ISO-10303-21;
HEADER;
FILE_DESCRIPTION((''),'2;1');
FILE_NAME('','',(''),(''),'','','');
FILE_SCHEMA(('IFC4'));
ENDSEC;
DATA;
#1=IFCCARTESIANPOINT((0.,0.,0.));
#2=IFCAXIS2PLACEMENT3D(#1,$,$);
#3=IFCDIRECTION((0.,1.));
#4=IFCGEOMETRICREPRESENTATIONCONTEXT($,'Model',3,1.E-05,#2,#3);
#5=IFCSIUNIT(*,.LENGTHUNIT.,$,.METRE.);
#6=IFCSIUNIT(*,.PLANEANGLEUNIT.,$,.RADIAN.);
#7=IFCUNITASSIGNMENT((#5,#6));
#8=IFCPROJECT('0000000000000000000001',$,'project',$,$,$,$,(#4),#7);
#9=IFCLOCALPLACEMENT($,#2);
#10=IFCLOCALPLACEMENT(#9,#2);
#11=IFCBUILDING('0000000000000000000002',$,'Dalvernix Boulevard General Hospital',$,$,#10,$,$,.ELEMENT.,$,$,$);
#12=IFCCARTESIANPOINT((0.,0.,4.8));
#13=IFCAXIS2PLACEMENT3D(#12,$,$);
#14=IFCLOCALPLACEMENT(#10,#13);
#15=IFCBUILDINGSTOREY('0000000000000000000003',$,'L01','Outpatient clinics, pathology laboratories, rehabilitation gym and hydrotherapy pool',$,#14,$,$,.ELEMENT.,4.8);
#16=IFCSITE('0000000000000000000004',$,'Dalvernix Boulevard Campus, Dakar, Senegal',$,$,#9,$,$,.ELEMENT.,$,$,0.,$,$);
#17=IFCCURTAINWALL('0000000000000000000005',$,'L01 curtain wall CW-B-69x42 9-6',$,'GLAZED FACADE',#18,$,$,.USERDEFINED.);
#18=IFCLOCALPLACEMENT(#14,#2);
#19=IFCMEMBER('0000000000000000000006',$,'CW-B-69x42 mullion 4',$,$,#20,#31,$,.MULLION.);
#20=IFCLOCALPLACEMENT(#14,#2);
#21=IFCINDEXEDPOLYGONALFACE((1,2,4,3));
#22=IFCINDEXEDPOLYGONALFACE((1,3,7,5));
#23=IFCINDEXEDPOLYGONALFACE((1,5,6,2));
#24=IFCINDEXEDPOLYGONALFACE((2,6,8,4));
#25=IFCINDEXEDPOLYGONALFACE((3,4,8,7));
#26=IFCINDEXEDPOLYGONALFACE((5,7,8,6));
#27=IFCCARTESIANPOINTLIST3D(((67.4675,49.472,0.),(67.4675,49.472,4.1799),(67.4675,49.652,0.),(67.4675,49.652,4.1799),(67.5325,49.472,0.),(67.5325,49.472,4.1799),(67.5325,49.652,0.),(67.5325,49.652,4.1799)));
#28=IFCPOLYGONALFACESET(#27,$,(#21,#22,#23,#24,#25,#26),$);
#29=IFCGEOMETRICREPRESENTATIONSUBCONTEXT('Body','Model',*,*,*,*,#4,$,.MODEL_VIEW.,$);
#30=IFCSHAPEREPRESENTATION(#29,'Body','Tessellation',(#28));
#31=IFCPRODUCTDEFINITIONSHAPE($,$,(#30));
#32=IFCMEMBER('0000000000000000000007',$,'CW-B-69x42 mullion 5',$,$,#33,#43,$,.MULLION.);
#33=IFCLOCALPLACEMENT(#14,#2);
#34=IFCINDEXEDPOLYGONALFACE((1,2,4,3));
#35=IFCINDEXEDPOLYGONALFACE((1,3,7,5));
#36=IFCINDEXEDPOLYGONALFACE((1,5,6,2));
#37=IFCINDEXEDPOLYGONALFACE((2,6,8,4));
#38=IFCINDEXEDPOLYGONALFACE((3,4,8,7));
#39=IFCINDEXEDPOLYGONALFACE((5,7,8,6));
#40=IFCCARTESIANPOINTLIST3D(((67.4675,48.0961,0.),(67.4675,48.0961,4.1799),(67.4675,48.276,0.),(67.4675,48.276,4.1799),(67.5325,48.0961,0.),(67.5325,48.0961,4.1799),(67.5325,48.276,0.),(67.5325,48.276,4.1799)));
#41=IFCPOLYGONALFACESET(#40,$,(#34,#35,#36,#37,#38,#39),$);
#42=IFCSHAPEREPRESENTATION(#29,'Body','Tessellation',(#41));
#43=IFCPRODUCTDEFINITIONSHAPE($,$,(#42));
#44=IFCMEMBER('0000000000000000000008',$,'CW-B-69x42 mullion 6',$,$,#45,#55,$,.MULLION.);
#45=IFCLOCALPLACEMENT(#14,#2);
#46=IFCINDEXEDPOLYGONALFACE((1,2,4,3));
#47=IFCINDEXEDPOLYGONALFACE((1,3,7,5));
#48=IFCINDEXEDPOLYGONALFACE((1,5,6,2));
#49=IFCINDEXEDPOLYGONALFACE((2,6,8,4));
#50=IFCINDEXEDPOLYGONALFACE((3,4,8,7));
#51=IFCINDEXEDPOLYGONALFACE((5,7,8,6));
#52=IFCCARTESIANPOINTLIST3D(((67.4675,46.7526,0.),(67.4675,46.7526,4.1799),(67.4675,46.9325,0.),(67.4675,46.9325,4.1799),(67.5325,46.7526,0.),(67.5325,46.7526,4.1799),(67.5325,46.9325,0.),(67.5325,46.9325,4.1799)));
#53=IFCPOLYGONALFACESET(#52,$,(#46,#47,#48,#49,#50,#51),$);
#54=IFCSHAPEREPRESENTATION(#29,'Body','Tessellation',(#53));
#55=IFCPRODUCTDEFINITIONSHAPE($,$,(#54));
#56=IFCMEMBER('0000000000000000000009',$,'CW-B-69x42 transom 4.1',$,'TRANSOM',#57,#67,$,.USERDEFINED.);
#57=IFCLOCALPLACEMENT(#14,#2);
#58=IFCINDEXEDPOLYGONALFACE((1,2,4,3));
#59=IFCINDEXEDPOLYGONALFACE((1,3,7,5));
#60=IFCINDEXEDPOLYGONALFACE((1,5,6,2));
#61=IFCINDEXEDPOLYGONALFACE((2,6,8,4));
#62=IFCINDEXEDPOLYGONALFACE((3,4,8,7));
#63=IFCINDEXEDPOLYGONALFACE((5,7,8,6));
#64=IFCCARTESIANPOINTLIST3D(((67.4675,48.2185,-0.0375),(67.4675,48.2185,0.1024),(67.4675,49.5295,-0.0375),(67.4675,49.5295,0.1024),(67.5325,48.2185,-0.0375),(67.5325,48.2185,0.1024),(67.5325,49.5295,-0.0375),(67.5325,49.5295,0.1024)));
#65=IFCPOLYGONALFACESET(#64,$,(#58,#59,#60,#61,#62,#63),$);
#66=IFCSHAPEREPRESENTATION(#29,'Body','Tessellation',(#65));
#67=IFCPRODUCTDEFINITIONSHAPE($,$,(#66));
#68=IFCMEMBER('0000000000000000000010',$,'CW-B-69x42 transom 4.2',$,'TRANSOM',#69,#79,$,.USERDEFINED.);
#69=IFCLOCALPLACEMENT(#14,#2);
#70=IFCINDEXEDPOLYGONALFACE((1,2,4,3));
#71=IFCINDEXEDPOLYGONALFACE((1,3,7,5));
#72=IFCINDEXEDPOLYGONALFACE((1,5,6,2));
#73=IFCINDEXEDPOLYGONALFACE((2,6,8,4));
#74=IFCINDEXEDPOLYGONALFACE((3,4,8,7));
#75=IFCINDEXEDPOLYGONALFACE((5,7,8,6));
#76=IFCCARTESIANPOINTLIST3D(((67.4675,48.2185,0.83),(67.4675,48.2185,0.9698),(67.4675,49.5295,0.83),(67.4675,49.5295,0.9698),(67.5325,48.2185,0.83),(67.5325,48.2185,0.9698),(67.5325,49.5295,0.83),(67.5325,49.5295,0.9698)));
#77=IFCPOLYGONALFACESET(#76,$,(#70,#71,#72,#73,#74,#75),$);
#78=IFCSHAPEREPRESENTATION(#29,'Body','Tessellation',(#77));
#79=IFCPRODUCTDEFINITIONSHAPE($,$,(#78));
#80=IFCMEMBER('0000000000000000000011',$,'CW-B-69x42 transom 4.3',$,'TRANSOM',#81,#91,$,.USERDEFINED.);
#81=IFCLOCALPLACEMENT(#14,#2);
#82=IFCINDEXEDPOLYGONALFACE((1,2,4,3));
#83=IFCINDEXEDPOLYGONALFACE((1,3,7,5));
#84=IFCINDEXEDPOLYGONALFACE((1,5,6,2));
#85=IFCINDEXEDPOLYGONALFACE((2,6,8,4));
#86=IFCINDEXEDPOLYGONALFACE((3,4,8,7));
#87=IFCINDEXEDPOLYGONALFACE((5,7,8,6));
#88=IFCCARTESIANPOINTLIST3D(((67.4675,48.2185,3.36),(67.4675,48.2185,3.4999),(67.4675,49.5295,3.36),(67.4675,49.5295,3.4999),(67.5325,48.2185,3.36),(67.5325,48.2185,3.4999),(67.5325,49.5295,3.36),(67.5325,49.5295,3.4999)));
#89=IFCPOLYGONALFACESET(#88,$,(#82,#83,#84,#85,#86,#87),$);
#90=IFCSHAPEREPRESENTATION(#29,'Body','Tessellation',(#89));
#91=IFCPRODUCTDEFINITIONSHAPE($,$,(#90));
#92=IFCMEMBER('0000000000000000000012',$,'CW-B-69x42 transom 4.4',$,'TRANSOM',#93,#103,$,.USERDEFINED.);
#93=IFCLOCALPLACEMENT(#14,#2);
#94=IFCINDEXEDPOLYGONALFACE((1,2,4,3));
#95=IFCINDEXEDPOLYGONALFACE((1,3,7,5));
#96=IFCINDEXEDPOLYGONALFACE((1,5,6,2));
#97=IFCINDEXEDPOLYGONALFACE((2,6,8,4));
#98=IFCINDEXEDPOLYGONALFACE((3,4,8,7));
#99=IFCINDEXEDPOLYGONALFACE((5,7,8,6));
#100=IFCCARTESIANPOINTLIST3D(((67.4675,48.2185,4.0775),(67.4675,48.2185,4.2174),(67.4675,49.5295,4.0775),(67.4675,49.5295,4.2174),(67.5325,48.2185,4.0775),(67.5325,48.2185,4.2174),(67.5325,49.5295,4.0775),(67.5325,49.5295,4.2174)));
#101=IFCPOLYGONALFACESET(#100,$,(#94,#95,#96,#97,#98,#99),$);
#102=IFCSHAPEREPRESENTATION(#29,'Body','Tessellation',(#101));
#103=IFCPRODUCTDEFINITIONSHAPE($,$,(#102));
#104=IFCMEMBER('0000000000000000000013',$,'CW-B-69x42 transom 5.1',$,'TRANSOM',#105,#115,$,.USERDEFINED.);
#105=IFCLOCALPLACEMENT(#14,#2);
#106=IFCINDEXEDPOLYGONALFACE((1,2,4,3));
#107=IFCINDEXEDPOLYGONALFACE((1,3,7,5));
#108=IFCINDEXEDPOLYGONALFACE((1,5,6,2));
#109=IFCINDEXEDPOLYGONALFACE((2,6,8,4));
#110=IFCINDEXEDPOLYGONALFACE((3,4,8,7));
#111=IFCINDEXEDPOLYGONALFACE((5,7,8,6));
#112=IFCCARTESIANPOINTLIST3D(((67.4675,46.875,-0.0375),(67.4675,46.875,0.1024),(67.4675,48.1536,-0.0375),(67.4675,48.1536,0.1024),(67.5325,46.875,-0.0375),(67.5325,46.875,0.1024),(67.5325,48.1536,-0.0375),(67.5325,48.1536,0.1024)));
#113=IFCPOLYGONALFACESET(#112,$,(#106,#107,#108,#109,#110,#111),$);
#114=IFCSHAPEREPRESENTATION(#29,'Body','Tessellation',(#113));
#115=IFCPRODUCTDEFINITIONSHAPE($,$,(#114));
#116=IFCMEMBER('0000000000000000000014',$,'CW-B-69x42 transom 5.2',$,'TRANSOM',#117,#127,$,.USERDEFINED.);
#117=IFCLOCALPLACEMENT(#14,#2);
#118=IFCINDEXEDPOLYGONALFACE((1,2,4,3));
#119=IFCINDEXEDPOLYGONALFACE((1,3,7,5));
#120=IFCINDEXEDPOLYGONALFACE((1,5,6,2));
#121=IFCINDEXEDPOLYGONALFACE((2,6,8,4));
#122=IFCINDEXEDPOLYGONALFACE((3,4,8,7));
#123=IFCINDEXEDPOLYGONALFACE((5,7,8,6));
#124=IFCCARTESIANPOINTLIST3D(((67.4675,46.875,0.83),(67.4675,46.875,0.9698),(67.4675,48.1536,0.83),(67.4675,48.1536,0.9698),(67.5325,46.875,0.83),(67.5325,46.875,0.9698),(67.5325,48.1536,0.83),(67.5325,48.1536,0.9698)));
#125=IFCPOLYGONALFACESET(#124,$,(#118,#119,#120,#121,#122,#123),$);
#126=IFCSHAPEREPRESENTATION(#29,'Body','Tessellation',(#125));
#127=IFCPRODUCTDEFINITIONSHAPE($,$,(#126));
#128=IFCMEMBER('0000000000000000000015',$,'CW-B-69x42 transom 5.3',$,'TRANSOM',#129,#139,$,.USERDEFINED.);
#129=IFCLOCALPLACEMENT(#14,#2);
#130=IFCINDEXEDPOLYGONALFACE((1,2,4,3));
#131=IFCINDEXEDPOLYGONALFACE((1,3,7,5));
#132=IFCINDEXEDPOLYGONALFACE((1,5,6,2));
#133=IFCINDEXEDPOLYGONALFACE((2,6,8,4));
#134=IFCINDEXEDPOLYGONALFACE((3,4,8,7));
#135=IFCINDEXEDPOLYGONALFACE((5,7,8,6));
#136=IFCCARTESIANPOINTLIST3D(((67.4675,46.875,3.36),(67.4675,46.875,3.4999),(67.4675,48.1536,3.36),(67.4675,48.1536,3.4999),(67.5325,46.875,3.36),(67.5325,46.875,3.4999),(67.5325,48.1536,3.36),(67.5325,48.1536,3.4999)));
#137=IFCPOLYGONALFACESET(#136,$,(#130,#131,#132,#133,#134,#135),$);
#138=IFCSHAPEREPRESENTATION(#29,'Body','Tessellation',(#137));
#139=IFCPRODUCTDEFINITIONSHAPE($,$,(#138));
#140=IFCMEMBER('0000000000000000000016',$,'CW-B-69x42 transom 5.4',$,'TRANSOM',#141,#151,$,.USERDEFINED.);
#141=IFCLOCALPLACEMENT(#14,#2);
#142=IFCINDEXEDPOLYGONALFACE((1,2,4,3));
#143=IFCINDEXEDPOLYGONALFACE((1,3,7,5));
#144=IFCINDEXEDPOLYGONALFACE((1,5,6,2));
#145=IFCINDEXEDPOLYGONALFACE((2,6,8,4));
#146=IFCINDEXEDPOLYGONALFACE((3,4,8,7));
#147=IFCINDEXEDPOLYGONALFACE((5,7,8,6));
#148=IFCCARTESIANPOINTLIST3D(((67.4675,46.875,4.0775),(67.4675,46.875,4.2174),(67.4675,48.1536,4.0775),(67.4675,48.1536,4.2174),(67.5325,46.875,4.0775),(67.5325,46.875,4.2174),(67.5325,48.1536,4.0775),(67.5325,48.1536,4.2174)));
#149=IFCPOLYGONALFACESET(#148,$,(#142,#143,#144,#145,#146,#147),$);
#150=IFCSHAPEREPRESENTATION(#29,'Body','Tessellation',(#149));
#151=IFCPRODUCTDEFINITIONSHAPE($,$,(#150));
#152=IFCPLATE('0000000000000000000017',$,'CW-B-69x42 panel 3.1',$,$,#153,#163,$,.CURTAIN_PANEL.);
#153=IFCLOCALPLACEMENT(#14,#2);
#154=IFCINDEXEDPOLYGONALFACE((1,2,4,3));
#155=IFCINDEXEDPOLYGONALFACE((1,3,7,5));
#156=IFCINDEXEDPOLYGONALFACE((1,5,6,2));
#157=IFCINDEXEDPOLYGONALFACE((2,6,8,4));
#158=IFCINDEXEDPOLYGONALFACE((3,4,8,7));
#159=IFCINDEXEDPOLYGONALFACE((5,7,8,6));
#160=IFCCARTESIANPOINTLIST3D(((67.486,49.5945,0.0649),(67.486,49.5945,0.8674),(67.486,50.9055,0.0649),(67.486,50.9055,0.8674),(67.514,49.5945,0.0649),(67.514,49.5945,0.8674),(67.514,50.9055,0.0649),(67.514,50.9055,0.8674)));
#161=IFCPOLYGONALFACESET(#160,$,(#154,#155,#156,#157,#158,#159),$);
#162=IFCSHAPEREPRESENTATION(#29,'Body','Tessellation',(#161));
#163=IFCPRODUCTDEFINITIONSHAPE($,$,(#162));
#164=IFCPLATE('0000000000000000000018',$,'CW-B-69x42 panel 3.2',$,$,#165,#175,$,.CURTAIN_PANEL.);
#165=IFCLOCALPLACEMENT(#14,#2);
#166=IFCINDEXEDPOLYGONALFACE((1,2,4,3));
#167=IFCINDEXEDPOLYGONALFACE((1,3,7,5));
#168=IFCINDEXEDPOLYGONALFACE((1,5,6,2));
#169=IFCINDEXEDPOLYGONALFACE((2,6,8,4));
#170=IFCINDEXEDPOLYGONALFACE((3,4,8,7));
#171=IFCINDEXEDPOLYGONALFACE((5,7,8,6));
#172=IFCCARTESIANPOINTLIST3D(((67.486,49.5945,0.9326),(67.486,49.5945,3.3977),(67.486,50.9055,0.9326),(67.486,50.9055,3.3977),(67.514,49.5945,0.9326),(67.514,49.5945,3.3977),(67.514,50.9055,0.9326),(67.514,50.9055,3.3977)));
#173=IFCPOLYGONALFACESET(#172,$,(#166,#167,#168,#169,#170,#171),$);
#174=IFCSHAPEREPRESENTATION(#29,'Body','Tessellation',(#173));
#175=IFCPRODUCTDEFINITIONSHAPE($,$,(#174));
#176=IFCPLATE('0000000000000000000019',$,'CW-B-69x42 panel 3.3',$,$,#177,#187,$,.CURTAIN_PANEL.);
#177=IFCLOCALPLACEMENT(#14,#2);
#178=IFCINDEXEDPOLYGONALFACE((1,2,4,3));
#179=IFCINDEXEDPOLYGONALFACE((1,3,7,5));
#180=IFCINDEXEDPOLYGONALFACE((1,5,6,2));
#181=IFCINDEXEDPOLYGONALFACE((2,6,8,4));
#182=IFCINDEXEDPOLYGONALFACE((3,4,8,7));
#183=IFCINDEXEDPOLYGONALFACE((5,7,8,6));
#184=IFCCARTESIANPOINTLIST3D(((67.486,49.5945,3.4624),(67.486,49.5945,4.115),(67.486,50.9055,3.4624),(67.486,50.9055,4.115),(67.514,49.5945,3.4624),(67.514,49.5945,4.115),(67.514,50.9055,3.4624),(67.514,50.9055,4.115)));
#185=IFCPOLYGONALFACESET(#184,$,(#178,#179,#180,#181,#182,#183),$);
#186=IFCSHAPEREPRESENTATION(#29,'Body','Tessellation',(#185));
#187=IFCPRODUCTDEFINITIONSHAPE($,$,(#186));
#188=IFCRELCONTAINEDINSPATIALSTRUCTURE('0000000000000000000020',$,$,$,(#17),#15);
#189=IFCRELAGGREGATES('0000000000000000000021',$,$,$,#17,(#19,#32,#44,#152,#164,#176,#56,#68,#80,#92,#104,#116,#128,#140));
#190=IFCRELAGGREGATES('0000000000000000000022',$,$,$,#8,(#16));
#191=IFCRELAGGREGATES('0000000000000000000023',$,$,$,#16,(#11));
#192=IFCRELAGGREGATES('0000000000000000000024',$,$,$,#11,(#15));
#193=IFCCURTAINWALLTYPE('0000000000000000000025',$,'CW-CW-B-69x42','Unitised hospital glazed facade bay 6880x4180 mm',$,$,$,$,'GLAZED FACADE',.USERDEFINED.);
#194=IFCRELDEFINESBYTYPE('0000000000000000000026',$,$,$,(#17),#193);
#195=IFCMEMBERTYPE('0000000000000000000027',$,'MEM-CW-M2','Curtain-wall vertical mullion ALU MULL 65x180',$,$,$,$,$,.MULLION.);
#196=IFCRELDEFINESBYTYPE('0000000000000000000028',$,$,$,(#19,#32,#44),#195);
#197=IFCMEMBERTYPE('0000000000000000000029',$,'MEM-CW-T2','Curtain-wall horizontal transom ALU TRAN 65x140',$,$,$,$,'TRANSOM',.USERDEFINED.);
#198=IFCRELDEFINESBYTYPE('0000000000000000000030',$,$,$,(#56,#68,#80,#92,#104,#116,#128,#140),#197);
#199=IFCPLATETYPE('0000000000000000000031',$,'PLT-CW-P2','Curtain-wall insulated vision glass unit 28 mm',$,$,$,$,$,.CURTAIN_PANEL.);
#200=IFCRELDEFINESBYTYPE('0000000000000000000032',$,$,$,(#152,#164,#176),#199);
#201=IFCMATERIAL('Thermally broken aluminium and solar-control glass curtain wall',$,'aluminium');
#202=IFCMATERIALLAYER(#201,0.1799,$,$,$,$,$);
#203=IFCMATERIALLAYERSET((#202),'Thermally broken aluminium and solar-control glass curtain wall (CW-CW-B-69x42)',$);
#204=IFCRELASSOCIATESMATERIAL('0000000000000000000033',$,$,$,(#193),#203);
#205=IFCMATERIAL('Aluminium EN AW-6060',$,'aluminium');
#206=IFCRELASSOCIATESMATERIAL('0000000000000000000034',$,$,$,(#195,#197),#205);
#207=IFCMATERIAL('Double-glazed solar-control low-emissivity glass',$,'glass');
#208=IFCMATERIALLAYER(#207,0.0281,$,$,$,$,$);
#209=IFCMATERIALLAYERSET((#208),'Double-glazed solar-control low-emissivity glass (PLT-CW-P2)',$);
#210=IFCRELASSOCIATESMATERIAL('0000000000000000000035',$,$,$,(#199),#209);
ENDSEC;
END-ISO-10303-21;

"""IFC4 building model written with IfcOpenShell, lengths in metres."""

from ifc_helpers import new_model, si_unit, direction, frame, origin, origin_2d, place, context, subcontext, project, spatial, rectangle, extrude, material, layer, layer_set, material_profile, profile_set, type_object, element, aggregate, save


model = new_model("IFC4")

# Units and contexts
model_context = context("Model", 3, precision=1e-05, world=origin(), true_north=direction((0.0, 1.0)))
body_context = subcontext(model_context, "Body", "Model", "MODEL_VIEW")
ifc_project = project(units=[si_unit("LENGTHUNIT", "METRE"), si_unit("PLANEANGLEUNIT", "RADIAN")], contexts=[model_context])

# Site, building, storey
site_placement = place(None, origin())
site = spatial("IfcSite", under=ifc_project, at=site_placement, Name="Dalvernix Boulevard Campus, Dakar, Senegal", CompositionType="ELEMENT", RefElevation=0.0)
building_placement = place(site_placement, origin())
building = spatial("IfcBuilding", under=site, at=building_placement, Name="Dalvernix Boulevard General Hospital", CompositionType="ELEMENT")
storey_placement = place(building_placement, frame((0.0, 0.0, 4.8)))
storey = spatial("IfcBuildingStorey", under=building, at=storey_placement, Name="L01", Description="Outpatient clinics, pathology laboratories, rehabilitation gym and hydrotherapy pool", CompositionType="ELEMENT", Elevation=4.8)

# Curtain wall, members, plates
ifc_material_1 = material(Name="Thermally broken aluminium and solar-control glass curtain wall", Category="aluminium")
ifc_layer_1 = layer(ifc_material_1, 0.1799)
ifc_layer_set_1 = layer_set([ifc_layer_1], Name="Thermally broken aluminium and solar-control glass curtain wall (CW-CW-B-69x42)")
curtain_wall_type = type_object("IfcCurtainWallType", Name="CW-CW-B-69x42", Description="Unitised hospital glazed facade bay 6880x4180 mm", ElementType="GLAZED FACADE", PredefinedType="USERDEFINED", material=ifc_layer_set_1)
curtain_wall_placement = place(storey_placement, origin())
curtain_wall = element("IfcCurtainWall", 1, at=curtain_wall_placement, inside=storey, type_object=curtain_wall_type, Name="L01 curtain wall CW-B-69x42 9-6", ObjectType="GLAZED FACADE", PredefinedType="USERDEFINED")
ifc_material_2 = material(Name="Aluminium EN AW-6060", Category="aluminium")
ifc_material_profile_1 = material_profile(ifc_material_2, rectangle(XDim=0.0649, YDim=0.1799, at=origin_2d()), Name="ALU MULL 65x180")
ifc_profile_set_1 = profile_set([ifc_material_profile_1], Name="Aluminium EN AW-6060")
member_type_1 = type_object("IfcMemberType", Name="MEM-CW-M2", Description="Curtain-wall vertical mullion ALU MULL 65x180", PredefinedType="MULLION", material=ifc_profile_set_1)
member_1_placement = place(storey_placement, frame((67.5, 49.562, 0.0), z_axis=(0.0, 0.0, 1.0), x_axis=(1.0, 0.0, 0.0)))
member_1 = element("IfcMember", 2, at=member_1_placement, type_object=member_type_1, Name="CW-B-69x42 mullion 4", PredefinedType="MULLION", context=body_context, shape_type="SweptSolid", body=[
    extrude(rectangle(XDim=0.0649, YDim=0.1799, at=origin_2d()), origin(), (0.0, 0.0, 1.0), 4.1799),
])
member_2_placement = place(storey_placement, frame((67.5, 48.186, 0.0), z_axis=(0.0, 0.0, 1.0), x_axis=(1.0, 0.0, 0.0)))
member_2 = element("IfcMember", 3, at=member_2_placement, type_object=member_type_1, Name="CW-B-69x42 mullion 5", PredefinedType="MULLION", context=body_context, shape_type="SweptSolid", body=[
    extrude(rectangle(XDim=0.0649, YDim=0.1799, at=origin_2d()), origin(), (0.0, 0.0, 1.0), 4.1799),
])
member_3_placement = place(storey_placement, frame((67.5, 46.8425, 0.0), z_axis=(0.0, 0.0, 1.0), x_axis=(1.0, 0.0, 0.0)))
member_3 = element("IfcMember", 4, at=member_3_placement, type_object=member_type_1, Name="CW-B-69x42 mullion 6", PredefinedType="MULLION", context=body_context, shape_type="SweptSolid", body=[
    extrude(rectangle(XDim=0.0649, YDim=0.1799, at=origin_2d()), origin(), (0.0, 0.0, 1.0), 4.1799),
])
ifc_material_profile_2 = material_profile(ifc_material_2, rectangle(XDim=0.0649, YDim=0.1399, at=origin_2d()), Name="ALU TRAN 65x140")
ifc_profile_set_2 = profile_set([ifc_material_profile_2], Name="Aluminium EN AW-6060")
member_type_2 = type_object("IfcMemberType", Name="MEM-CW-T2", Description="Curtain-wall horizontal transom ALU TRAN 65x140", ElementType="TRANSOM", PredefinedType="USERDEFINED", material=ifc_profile_set_2)
member_4_placement = place(storey_placement, frame((67.5, 49.5295, 0.0325), z_axis=(0.0, -1.0, 0.0), x_axis=(1.0, 0.0, 0.0)))
member_4 = element("IfcMember", 5, at=member_4_placement, type_object=member_type_2, Name="CW-B-69x42 transom 4.1", ObjectType="TRANSOM", PredefinedType="USERDEFINED", context=body_context, shape_type="SweptSolid", body=[
    extrude(rectangle(XDim=0.0649, YDim=0.1399, at=origin_2d()), origin(), (0.0, 0.0, 1.0), 1.311),
])
member_5_placement = place(storey_placement, frame((67.5, 49.5295, 0.8999), z_axis=(0.0, -1.0, 0.0), x_axis=(1.0, 0.0, 0.0)))
member_5 = element("IfcMember", 6, at=member_5_placement, type_object=member_type_2, Name="CW-B-69x42 transom 4.2", ObjectType="TRANSOM", PredefinedType="USERDEFINED", context=body_context, shape_type="SweptSolid", body=[
    extrude(rectangle(XDim=0.0649, YDim=0.1399, at=origin_2d()), origin(), (0.0, 0.0, 1.0), 1.311),
])
member_6_placement = place(storey_placement, frame((67.5, 49.5295, 3.4299), z_axis=(0.0, -1.0, 0.0), x_axis=(1.0, 0.0, 0.0)))
member_6 = element("IfcMember", 7, at=member_6_placement, type_object=member_type_2, Name="CW-B-69x42 transom 4.3", ObjectType="TRANSOM", PredefinedType="USERDEFINED", context=body_context, shape_type="SweptSolid", body=[
    extrude(rectangle(XDim=0.0649, YDim=0.1399, at=origin_2d()), origin(), (0.0, 0.0, 1.0), 1.311),
])
member_7_placement = place(storey_placement, frame((67.5, 49.5295, 4.1475), z_axis=(0.0, -1.0, 0.0), x_axis=(1.0, 0.0, 0.0)))
member_7 = element("IfcMember", 8, at=member_7_placement, type_object=member_type_2, Name="CW-B-69x42 transom 4.4", ObjectType="TRANSOM", PredefinedType="USERDEFINED", context=body_context, shape_type="SweptSolid", body=[
    extrude(rectangle(XDim=0.0649, YDim=0.1399, at=origin_2d()), origin(), (0.0, 0.0, 1.0), 1.311),
])
member_8_placement = place(storey_placement, frame((67.5, 48.1536, 0.0325), z_axis=(0.0, -1.0, 0.0), x_axis=(1.0, 0.0, 0.0)))
member_8 = element("IfcMember", 9, at=member_8_placement, type_object=member_type_2, Name="CW-B-69x42 transom 5.1", ObjectType="TRANSOM", PredefinedType="USERDEFINED", context=body_context, shape_type="SweptSolid", body=[
    extrude(rectangle(XDim=0.0649, YDim=0.1399, at=origin_2d()), origin(), (0.0, 0.0, 1.0), 1.2786),
])
member_9_placement = place(storey_placement, frame((67.5, 48.1536, 0.8999), z_axis=(0.0, -1.0, 0.0), x_axis=(1.0, 0.0, 0.0)))
member_9 = element("IfcMember", 10, at=member_9_placement, type_object=member_type_2, Name="CW-B-69x42 transom 5.2", ObjectType="TRANSOM", PredefinedType="USERDEFINED", context=body_context, shape_type="SweptSolid", body=[
    extrude(rectangle(XDim=0.0649, YDim=0.1399, at=origin_2d()), origin(), (0.0, 0.0, 1.0), 1.2786),
])
member_10_placement = place(storey_placement, frame((67.5, 48.1536, 3.4299), z_axis=(0.0, -1.0, 0.0), x_axis=(1.0, 0.0, 0.0)))
member_10 = element("IfcMember", 11, at=member_10_placement, type_object=member_type_2, Name="CW-B-69x42 transom 5.3", ObjectType="TRANSOM", PredefinedType="USERDEFINED", context=body_context, shape_type="SweptSolid", body=[
    extrude(rectangle(XDim=0.0649, YDim=0.1399, at=origin_2d()), origin(), (0.0, 0.0, 1.0), 1.2786),
])
member_11_placement = place(storey_placement, frame((67.5, 48.1536, 4.1475), z_axis=(0.0, -1.0, 0.0), x_axis=(1.0, 0.0, 0.0)))
member_11 = element("IfcMember", 12, at=member_11_placement, type_object=member_type_2, Name="CW-B-69x42 transom 5.4", ObjectType="TRANSOM", PredefinedType="USERDEFINED", context=body_context, shape_type="SweptSolid", body=[
    extrude(rectangle(XDim=0.0649, YDim=0.1399, at=origin_2d()), origin(), (0.0, 0.0, 1.0), 1.2786),
])
ifc_material_3 = material(Name="Double-glazed solar-control low-emissivity glass", Category="glass")
ifc_layer_2 = layer(ifc_material_3, 0.0281)
ifc_layer_set_2 = layer_set([ifc_layer_2], Name="Double-glazed solar-control low-emissivity glass (PLT-CW-P2)")
plate_type = type_object("IfcPlateType", Name="PLT-CW-P2", Description="Curtain-wall insulated vision glass unit 28 mm", PredefinedType="CURTAIN_PANEL", material=ifc_layer_set_2)
plate_1_placement = place(storey_placement, frame((67.5, 50.25, 0.0649), z_axis=(0.0, 0.0, 1.0), x_axis=(0.0, -1.0, 0.0)))
plate_1 = element("IfcPlate", 13, at=plate_1_placement, type_object=plate_type, Name="CW-B-69x42 panel 3.1", PredefinedType="CURTAIN_PANEL", context=body_context, shape_type="SweptSolid", body=[
    extrude(rectangle(XDim=1.311, YDim=0.0281, at=origin_2d()), origin(), (0.0, 0.0, 1.0), 0.8025),
])
plate_2_placement = place(storey_placement, frame((67.5, 50.25, 0.9326), z_axis=(0.0, 0.0, 1.0), x_axis=(0.0, -1.0, 0.0)))
plate_2 = element("IfcPlate", 14, at=plate_2_placement, type_object=plate_type, Name="CW-B-69x42 panel 3.2", PredefinedType="CURTAIN_PANEL", context=body_context, shape_type="SweptSolid", body=[
    extrude(rectangle(XDim=1.311, YDim=0.0281, at=origin_2d()), origin(), (0.0, 0.0, 1.0), 2.4651),
])
plate_3_placement = place(storey_placement, frame((67.5, 50.25, 3.4624), z_axis=(0.0, 0.0, 1.0), x_axis=(0.0, -1.0, 0.0)))
plate_3 = element("IfcPlate", 15, at=plate_3_placement, type_object=plate_type, Name="CW-B-69x42 panel 3.3", PredefinedType="CURTAIN_PANEL", context=body_context, shape_type="SweptSolid", body=[
    extrude(rectangle(XDim=1.311, YDim=0.0281, at=origin_2d()), origin(), (0.0, 0.0, 1.0), 0.6526),
])
aggregate(curtain_wall, [member_1, member_2, member_3, plate_1, plate_2, plate_3, member_4, member_5, member_6, member_7, member_8, member_9, member_10, member_11])

save(model, "model.ifc")
